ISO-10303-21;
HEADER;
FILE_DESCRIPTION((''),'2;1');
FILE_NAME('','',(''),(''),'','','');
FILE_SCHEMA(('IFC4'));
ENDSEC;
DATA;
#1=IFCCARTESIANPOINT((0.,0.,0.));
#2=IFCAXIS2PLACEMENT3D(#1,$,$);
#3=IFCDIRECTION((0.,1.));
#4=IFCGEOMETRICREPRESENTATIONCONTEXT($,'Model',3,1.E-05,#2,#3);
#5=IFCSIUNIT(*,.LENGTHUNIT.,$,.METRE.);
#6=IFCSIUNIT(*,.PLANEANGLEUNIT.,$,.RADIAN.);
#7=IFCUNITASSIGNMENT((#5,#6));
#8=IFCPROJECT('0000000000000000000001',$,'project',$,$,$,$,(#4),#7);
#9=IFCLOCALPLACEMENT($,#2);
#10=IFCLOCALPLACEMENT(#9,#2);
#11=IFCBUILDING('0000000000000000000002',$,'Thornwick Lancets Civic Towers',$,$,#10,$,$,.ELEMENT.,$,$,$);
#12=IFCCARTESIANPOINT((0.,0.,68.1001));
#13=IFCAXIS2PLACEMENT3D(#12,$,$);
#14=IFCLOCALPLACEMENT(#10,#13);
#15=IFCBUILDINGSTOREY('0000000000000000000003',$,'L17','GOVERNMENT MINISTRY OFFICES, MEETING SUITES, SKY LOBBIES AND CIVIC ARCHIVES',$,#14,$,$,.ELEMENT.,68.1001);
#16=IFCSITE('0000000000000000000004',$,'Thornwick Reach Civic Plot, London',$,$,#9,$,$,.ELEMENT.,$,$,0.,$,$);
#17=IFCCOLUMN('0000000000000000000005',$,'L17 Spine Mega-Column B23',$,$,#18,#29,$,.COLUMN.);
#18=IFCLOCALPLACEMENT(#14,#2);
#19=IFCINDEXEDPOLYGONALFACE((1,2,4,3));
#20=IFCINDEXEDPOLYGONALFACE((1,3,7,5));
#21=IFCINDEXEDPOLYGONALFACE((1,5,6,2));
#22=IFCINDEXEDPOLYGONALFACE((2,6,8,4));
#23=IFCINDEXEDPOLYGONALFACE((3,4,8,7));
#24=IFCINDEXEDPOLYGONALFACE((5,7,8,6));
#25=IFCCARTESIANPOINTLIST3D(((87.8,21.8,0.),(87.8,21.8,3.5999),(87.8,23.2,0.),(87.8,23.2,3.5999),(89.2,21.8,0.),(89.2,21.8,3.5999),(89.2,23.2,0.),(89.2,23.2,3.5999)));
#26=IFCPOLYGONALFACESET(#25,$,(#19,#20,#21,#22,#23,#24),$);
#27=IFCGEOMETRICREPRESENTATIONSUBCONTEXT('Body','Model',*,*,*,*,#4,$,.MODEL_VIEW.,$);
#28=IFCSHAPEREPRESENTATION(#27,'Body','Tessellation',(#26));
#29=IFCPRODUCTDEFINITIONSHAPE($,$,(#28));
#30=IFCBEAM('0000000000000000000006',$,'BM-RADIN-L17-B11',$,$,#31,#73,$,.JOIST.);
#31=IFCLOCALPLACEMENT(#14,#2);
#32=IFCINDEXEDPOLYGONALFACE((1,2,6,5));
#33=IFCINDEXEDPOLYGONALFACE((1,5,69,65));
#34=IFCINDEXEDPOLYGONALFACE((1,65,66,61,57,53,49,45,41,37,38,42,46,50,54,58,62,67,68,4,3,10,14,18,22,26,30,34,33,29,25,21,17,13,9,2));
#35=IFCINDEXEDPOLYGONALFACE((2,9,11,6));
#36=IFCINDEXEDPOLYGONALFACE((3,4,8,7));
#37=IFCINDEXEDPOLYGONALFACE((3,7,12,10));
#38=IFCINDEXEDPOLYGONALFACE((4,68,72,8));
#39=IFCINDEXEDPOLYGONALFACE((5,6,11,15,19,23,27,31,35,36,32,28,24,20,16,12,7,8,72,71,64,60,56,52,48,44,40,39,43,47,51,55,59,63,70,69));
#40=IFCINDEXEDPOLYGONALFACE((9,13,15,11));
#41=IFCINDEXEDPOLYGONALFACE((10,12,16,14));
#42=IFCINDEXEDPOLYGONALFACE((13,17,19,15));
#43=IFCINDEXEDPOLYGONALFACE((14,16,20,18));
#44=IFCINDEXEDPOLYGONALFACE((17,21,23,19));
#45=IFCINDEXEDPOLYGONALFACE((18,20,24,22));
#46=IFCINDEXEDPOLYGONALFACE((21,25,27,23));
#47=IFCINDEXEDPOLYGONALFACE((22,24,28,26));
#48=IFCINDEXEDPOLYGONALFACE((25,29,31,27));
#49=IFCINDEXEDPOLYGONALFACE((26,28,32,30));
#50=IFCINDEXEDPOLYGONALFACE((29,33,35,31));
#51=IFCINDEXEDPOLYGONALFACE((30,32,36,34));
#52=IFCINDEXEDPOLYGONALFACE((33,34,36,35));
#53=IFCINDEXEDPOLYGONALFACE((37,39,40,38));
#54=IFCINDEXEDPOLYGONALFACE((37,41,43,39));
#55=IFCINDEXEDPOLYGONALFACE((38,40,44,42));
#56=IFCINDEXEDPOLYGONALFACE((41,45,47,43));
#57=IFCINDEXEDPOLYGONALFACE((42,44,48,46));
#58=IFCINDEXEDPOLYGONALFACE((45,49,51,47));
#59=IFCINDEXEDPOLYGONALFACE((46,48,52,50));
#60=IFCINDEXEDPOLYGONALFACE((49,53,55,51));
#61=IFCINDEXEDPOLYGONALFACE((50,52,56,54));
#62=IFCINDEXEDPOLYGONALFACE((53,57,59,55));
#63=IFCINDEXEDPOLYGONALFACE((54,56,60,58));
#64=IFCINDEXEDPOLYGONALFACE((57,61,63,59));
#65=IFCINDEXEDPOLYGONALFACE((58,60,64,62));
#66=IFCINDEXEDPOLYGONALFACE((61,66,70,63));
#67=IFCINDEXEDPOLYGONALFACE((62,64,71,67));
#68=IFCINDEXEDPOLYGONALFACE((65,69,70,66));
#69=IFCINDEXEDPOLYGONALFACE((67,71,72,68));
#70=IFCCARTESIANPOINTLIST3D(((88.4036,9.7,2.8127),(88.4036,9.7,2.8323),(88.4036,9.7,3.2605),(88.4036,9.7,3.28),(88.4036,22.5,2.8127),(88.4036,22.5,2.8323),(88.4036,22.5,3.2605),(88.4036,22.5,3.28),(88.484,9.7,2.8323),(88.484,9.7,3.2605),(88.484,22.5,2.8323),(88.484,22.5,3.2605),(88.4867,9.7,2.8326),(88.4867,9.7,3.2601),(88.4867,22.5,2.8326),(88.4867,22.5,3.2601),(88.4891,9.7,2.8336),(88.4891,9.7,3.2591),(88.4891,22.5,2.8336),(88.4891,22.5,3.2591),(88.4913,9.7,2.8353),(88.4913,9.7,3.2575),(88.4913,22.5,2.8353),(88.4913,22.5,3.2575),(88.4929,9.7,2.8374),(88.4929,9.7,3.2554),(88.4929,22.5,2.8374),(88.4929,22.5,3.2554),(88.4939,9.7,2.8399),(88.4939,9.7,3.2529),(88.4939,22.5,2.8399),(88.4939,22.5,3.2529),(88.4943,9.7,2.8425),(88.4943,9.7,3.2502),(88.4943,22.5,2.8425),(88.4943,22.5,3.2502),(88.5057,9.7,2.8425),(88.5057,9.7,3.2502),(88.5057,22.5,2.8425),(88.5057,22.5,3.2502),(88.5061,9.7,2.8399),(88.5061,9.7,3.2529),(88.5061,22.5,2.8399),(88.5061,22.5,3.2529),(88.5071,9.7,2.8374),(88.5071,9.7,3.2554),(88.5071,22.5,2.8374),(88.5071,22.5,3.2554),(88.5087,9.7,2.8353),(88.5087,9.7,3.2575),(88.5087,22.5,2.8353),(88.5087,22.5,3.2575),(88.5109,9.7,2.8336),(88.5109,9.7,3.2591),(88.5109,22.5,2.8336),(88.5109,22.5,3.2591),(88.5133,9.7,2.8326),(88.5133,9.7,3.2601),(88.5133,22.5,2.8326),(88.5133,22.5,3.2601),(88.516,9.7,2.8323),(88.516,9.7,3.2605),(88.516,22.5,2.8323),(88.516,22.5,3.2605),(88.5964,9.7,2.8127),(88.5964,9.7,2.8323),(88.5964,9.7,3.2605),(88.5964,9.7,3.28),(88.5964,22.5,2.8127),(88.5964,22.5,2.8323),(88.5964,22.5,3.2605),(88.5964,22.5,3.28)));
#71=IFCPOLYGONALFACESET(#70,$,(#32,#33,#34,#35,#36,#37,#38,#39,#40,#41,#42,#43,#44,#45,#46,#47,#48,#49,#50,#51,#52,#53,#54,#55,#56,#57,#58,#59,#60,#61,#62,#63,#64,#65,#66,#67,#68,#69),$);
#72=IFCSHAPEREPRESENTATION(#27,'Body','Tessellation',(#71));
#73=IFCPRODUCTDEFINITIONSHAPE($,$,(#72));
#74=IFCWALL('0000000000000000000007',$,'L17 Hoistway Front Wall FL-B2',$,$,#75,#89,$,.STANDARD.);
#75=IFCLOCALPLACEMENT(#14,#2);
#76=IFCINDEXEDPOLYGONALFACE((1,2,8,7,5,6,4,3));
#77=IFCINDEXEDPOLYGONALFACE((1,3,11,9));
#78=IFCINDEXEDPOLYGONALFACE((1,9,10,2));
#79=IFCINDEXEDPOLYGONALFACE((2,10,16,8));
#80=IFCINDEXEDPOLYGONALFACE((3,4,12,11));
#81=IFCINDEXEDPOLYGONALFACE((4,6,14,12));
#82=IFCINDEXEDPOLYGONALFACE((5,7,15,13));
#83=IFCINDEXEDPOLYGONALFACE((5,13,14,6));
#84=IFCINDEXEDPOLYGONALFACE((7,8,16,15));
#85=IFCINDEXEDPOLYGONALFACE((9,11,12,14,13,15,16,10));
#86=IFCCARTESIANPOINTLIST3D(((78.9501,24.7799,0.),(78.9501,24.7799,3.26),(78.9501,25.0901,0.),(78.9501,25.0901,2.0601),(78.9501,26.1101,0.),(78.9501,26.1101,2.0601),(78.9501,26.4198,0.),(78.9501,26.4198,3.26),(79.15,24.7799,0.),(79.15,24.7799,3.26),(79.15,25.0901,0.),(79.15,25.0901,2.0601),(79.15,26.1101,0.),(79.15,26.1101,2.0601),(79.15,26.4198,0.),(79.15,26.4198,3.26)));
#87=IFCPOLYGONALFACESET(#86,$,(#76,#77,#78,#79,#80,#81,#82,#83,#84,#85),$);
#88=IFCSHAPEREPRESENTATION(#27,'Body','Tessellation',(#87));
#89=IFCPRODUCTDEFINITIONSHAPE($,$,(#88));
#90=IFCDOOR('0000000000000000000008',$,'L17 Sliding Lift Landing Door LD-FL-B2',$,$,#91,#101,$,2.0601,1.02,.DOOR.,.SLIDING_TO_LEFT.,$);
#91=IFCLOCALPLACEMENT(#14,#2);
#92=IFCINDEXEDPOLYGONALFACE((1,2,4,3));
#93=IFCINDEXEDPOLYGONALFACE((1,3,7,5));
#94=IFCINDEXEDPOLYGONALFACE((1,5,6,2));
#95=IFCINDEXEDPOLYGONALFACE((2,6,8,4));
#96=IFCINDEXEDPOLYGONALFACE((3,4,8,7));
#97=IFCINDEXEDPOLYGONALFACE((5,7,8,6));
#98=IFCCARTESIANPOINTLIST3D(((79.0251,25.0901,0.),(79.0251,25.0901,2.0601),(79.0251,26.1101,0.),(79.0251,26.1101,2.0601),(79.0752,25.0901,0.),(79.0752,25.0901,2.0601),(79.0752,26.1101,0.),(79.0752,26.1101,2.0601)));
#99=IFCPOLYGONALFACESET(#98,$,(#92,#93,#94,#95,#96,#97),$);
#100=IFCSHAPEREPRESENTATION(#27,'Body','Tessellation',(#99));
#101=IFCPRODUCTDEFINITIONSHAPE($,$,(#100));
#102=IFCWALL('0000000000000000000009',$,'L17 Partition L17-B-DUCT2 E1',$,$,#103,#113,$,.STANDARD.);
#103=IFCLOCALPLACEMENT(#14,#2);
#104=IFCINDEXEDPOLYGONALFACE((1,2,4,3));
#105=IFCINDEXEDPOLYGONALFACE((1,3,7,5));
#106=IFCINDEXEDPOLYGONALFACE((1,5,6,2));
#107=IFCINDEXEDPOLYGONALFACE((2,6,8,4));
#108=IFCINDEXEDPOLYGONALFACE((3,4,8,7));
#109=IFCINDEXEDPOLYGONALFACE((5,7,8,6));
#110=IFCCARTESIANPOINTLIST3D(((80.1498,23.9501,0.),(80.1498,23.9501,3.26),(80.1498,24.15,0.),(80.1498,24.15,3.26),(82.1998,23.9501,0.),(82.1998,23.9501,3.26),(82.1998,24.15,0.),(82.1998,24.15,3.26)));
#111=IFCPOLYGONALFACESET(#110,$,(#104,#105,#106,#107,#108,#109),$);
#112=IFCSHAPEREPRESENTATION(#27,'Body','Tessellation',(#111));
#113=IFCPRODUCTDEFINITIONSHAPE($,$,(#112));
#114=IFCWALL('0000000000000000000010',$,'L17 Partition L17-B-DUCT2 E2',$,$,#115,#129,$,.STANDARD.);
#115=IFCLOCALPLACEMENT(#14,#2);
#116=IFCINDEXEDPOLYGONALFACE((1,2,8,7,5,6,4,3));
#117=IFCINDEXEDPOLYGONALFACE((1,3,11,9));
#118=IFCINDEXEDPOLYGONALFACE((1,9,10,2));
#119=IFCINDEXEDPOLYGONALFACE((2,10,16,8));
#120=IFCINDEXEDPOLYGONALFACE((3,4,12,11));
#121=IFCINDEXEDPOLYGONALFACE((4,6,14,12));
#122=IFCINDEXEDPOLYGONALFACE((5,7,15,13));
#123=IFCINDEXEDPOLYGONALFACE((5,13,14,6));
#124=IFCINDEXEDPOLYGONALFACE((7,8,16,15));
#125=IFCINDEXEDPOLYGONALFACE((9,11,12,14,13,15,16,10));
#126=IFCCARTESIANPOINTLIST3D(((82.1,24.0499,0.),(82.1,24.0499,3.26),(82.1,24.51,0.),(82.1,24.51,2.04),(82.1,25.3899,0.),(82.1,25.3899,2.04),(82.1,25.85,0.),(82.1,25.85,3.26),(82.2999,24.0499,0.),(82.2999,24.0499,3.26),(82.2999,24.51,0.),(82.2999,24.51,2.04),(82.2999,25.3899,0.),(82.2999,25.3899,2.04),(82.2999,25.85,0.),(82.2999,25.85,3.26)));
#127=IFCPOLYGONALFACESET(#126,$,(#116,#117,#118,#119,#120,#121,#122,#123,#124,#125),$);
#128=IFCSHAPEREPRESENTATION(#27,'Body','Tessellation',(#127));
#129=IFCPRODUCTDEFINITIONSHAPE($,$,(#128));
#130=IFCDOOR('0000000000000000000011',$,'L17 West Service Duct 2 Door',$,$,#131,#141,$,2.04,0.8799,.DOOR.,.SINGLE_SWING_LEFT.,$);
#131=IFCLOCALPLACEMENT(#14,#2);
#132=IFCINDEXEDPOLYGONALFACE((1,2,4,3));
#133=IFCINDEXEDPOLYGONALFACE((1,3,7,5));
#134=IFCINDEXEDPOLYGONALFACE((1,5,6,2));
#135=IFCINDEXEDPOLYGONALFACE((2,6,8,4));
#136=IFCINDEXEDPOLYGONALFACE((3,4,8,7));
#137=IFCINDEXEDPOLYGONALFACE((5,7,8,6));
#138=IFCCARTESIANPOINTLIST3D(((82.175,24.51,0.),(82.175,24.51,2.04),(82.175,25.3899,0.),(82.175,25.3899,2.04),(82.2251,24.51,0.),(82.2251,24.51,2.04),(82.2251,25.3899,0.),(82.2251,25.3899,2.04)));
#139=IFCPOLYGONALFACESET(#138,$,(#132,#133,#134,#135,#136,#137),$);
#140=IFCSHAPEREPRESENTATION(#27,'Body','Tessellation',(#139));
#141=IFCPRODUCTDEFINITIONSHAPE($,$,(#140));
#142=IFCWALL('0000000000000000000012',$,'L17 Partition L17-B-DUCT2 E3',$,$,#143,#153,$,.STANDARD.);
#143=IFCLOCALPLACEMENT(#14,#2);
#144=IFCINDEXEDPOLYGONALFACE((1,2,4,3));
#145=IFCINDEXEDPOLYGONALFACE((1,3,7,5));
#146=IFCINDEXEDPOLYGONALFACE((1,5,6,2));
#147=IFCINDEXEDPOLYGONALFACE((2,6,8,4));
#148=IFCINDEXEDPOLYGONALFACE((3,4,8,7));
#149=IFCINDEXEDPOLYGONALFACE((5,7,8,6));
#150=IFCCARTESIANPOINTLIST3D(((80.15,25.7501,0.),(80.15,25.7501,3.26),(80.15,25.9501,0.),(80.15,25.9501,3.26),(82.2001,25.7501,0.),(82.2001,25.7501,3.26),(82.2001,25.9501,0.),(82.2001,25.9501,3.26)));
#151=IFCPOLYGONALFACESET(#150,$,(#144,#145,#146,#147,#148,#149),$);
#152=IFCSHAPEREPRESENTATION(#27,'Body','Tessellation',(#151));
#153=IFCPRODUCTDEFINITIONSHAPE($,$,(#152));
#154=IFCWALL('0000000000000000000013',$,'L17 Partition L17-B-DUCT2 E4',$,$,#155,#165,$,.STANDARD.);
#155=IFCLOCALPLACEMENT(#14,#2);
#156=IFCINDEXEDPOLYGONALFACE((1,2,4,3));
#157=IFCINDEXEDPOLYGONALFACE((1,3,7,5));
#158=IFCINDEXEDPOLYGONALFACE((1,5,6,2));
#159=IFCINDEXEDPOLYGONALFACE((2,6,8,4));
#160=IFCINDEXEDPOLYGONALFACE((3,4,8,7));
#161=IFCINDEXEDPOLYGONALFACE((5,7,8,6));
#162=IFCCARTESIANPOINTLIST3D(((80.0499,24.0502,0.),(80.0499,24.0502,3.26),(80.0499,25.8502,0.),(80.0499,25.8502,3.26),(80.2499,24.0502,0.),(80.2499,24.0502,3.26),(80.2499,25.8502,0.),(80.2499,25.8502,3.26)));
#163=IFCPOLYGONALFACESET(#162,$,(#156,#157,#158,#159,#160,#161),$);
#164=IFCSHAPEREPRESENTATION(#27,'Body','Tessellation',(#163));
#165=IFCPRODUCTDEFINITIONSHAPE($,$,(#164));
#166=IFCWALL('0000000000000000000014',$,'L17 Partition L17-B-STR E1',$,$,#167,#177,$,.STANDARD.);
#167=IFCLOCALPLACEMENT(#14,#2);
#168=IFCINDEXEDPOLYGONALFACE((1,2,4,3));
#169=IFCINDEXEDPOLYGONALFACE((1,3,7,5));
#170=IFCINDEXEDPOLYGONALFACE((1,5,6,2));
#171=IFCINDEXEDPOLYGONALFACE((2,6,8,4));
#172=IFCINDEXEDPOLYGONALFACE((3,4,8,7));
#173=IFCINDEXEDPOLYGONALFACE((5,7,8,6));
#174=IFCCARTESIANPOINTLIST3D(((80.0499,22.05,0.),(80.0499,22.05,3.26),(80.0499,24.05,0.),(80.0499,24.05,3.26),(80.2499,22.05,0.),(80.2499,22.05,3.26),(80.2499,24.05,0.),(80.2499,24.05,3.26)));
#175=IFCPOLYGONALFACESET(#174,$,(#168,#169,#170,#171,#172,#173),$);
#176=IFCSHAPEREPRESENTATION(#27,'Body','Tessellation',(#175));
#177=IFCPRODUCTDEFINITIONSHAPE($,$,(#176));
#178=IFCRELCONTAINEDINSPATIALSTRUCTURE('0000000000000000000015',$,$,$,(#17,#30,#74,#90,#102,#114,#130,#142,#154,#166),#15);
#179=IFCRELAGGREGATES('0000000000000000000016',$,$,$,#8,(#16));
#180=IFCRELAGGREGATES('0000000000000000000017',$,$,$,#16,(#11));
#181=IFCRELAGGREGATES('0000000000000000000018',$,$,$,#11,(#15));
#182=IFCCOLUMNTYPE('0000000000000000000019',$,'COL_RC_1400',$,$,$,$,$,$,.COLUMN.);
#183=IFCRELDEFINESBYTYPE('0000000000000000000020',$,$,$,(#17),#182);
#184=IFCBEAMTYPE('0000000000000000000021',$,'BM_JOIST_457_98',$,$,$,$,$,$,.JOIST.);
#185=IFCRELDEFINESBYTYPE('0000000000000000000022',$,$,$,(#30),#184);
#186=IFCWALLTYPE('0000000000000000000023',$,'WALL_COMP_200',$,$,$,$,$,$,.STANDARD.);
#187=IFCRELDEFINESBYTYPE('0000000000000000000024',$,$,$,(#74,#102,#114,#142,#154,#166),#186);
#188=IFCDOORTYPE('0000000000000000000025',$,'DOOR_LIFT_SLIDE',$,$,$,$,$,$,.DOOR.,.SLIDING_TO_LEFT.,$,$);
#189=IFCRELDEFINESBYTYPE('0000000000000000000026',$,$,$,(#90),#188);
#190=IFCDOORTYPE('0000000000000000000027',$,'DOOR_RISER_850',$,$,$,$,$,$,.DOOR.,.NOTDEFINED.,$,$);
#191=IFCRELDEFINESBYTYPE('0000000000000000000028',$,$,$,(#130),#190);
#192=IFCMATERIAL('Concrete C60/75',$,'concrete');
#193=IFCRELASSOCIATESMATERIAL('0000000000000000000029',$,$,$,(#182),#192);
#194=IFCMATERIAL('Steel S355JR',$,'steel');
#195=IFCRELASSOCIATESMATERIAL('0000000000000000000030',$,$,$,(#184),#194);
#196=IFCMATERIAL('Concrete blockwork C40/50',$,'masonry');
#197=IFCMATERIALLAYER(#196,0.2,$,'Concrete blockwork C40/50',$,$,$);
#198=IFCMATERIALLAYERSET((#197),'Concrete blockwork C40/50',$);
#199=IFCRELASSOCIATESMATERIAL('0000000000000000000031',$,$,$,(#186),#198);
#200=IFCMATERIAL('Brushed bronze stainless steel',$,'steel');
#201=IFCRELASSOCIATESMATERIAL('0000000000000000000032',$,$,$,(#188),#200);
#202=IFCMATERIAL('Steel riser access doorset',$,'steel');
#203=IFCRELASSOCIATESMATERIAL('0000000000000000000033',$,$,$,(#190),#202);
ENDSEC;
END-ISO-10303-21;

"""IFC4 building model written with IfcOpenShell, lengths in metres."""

from ifc_helpers import new_model, si_unit, direction, frame, frame_2d, origin, origin_2d, place, context, subcontext, project, spatial, rectangle, i_section, extrude, material, layer, layer_set, material_profile, profile_set, type_object, element, fill, save


model = new_model("IFC4")

# Units and contexts
model_context = context("Model", 3, precision=1e-05, world=origin(), true_north=direction((0.0, 1.0)))
body_context = subcontext(model_context, "Body", "Model", "MODEL_VIEW")
ifc_project = project(units=[si_unit("LENGTHUNIT", "METRE"), si_unit("PLANEANGLEUNIT", "RADIAN")], contexts=[model_context])

# Site, building, storey
site_placement = place(None, origin())
site = spatial("IfcSite", under=ifc_project, at=site_placement, Name="Thornwick Reach Civic Plot, London", CompositionType="ELEMENT", RefElevation=0.0)
building_placement = place(site_placement, origin())
building = spatial("IfcBuilding", under=site, at=building_placement, Name="Thornwick Lancets Civic Towers", CompositionType="ELEMENT")
storey_placement = place(building_placement, frame((0.0, 0.0, 68.1001)))
storey = spatial("IfcBuildingStorey", under=building, at=storey_placement, Name="L17", Description="GOVERNMENT MINISTRY OFFICES, MEETING SUITES, SKY LOBBIES AND CIVIC ARCHIVES", CompositionType="ELEMENT", Elevation=68.1001)

# Column
ifc_material_1 = material(Name="Concrete C60/75", Category="concrete")
ifc_material_profile_1 = material_profile(ifc_material_1, rectangle(XDim=1.3999, YDim=1.3999, at=origin_2d()), Name="RC 1400x1400")
ifc_profile_set_1 = profile_set([ifc_material_profile_1], Name="Concrete C60/75")
column_type = type_object("IfcColumnType", Name="COL_RC_1400", PredefinedType="COLUMN", material=ifc_profile_set_1)
column_placement = place(storey_placement, frame((88.5, 22.5, 0.0), z_axis=(0.0, 0.0, 1.0), x_axis=(1.0, 0.0, 0.0)))
element("IfcColumn", 1, at=column_placement, inside=storey, type_object=column_type, Name="L17 Spine Mega-Column B23", PredefinedType="COLUMN", context=body_context, shape_type="SweptSolid", body=[
    extrude(rectangle(XDim=1.3999, YDim=1.3999, at=origin_2d()), origin(), (0.0, 0.0, 1.0), 3.5999),
])

# Beam
ifc_material_2 = material(Name="Steel S355JR", Category="steel")
ifc_material_profile_2 = material_profile(ifc_material_2, i_section(OverallWidth=0.1929, OverallDepth=0.4673, WebThickness=0.0115, FlangeThickness=0.0195, FilletRadius=0.0103, at=origin_2d()), Name="UKB 457x191x98")
ifc_profile_set_2 = profile_set([ifc_material_profile_2], Name="Steel S355JR")
beam_type = type_object("IfcBeamType", Name="BM_JOIST_457_98", PredefinedType="JOIST", material=ifc_profile_set_2)
beam_placement = place(storey_placement, frame((88.5, 22.5, 3.0464), z_axis=(0.0, -1.0, 0.0), x_axis=(1.0, 0.0, 0.0)))
element("IfcBeam", 2, at=beam_placement, inside=storey, type_object=beam_type, Name="BM-RADIN-L17-B11", PredefinedType="JOIST", context=body_context, shape_type="SweptSolid", body=[
    extrude(i_section(OverallWidth=0.1929, OverallDepth=0.4673, WebThickness=0.0115, FlangeThickness=0.0195, FilletRadius=0.0103, at=origin_2d()), origin(), (0.0, 0.0, 1.0), 12.8),
])

# Wall, opening, door
ifc_material_3 = material(Name="Concrete blockwork C40/50", Category="masonry")
ifc_layer_1 = layer(ifc_material_3, 0.2, Name="Concrete blockwork C40/50")
ifc_layer_set_1 = layer_set([ifc_layer_1], Name="Concrete blockwork C40/50")
wall_type_1 = type_object("IfcWallType", Name="WALL_COMP_200", PredefinedType="STANDARD", material=ifc_layer_set_1)
wall_1_placement = place(storey_placement, frame((79.05, 24.78, 0.0), z_axis=(0.0, 0.0, 1.0), x_axis=(0.0, 1.0, 0.0)))
wall_1 = element("IfcWall", 3, at=wall_1_placement, inside=storey, type_object=wall_type_1, Name="L17 Hoistway Front Wall FL-B2", PredefinedType="STANDARD", context=body_context, shape_type="SweptSolid", body=[
    extrude(rectangle(XDim=1.6399, YDim=0.2, at=frame_2d((0.8198, 0.0))), origin(), (0.0, 0.0, 1.0), 3.26),
])
opening_1_placement = place(wall_1_placement, frame((0.3101, 0.0, 0.0)))
opening_1 = element("IfcOpeningElement", 4, at=opening_1_placement, cuts=wall_1, PredefinedType="OPENING", context=body_context, shape_type="SweptSolid", body=[
    extrude(rectangle(XDim=1.02, YDim=2.0601, at=frame_2d((0.51, 1.03))), frame((0.0, 0.1099, 0.0), z_axis=(0.0, -1.0, 0.0), x_axis=(1.0, 0.0, 0.0)), (0.0, 0.0, 1.0), 0.22),
])
ifc_material_4 = material(Name="Brushed bronze stainless steel", Category="steel")
door_type_1 = type_object("IfcDoorType", Name="DOOR_LIFT_SLIDE", OperationType="SLIDING_TO_LEFT", PredefinedType="DOOR", material=ifc_material_4)
door_1_placement = place(opening_1_placement, origin())
door_1 = element("IfcDoor", 5, at=door_1_placement, inside=storey, type_object=door_type_1, Name="L17 Sliding Lift Landing Door LD-FL-B2", OperationType="SLIDING_TO_LEFT", OverallHeight=2.0601, OverallWidth=1.02, PredefinedType="DOOR", context=body_context, shape_type="SweptSolid", body=[
    extrude(rectangle(XDim=1.02, YDim=2.0601, at=frame_2d((0.51, 1.03))), frame((0.0, 0.0249, 0.0), z_axis=(0.0, -1.0, 0.0), x_axis=(1.0, 0.0, 0.0)), (0.0, 0.0, 1.0), 0.05),
])
fill(opening_1, door_1)

# Wall
wall_2_placement = place(storey_placement, frame((80.1499, 24.05, 0.0), z_axis=(0.0, 0.0, 1.0), x_axis=(1.0, 0.0, 0.0)))
element("IfcWall", 6, at=wall_2_placement, inside=storey, type_object=wall_type_1, Name="L17 Partition L17-B-DUCT2 E1", PredefinedType="STANDARD", context=body_context, shape_type="SweptSolid", body=[
    extrude(rectangle(XDim=2.05, YDim=0.2, at=frame_2d((1.0249, 0.0))), origin(), (0.0, 0.0, 1.0), 3.26),
])

# Wall, opening, door
wall_3_placement = place(storey_placement, frame((82.2, 24.05, 0.0), z_axis=(0.0, 0.0, 1.0), x_axis=(0.0, 1.0, 0.0)))
wall_3 = element("IfcWall", 7, at=wall_3_placement, inside=storey, type_object=wall_type_1, Name="L17 Partition L17-B-DUCT2 E2", PredefinedType="STANDARD", context=body_context, shape_type="SweptSolid", body=[
    extrude(rectangle(XDim=1.8, YDim=0.2, at=frame_2d((0.8999, 0.0))), origin(), (0.0, 0.0, 1.0), 3.26),
])
opening_2_placement = place(wall_3_placement, frame((0.46, 0.0, 0.0)))
opening_2 = element("IfcOpeningElement", 8, at=opening_2_placement, cuts=wall_3, PredefinedType="OPENING", context=body_context, shape_type="SweptSolid", body=[
    extrude(rectangle(XDim=0.8799, YDim=2.04, at=frame_2d((0.4399, 1.02))), frame((0.0, 0.1099, 0.0), z_axis=(0.0, -1.0, 0.0), x_axis=(1.0, 0.0, 0.0)), (0.0, 0.0, 1.0), 0.22),
])
ifc_material_5 = material(Name="Steel riser access doorset", Category="steel")
door_type_2 = type_object("IfcDoorType", Name="DOOR_RISER_850", OperationType="NOTDEFINED", PredefinedType="DOOR", material=ifc_material_5)
door_2_placement = place(opening_2_placement, origin())
door_2 = element("IfcDoor", 9, at=door_2_placement, inside=storey, type_object=door_type_2, Name="L17 West Service Duct 2 Door", OperationType="SINGLE_SWING_LEFT", OverallHeight=2.04, OverallWidth=0.8799, PredefinedType="DOOR", context=body_context, shape_type="SweptSolid", body=[
    extrude(rectangle(XDim=0.8799, YDim=2.04, at=frame_2d((0.4399, 1.02))), frame((0.0, 0.0249, 0.0), z_axis=(0.0, -1.0, 0.0), x_axis=(1.0, 0.0, 0.0)), (0.0, 0.0, 1.0), 0.05),
])
fill(opening_2, door_2)

# Walls
wall_4_placement = place(storey_placement, frame((82.2, 25.8501, 0.0), z_axis=(0.0, 0.0, 1.0), x_axis=(-1.0, 0.0, 0.0)))
element("IfcWall", 10, at=wall_4_placement, inside=storey, type_object=wall_type_1, Name="L17 Partition L17-B-DUCT2 E3", PredefinedType="STANDARD", context=body_context, shape_type="SweptSolid", body=[
    extrude(rectangle(XDim=2.05, YDim=0.2, at=frame_2d((1.0249, 0.0))), origin(), (0.0, 0.0, 1.0), 3.26),
])
wall_5_placement = place(storey_placement, frame((80.1499, 25.8501, 0.0), z_axis=(0.0, 0.0, 1.0), x_axis=(0.0, -1.0, 0.0)))
element("IfcWall", 11, at=wall_5_placement, inside=storey, type_object=wall_type_1, Name="L17 Partition L17-B-DUCT2 E4", PredefinedType="STANDARD", context=body_context, shape_type="SweptSolid", body=[
    extrude(rectangle(XDim=1.8, YDim=0.2, at=frame_2d((0.8999, 0.0))), origin(), (0.0, 0.0, 1.0), 3.26),
])
wall_6_placement = place(storey_placement, frame((80.1499, 22.05, 0.0), z_axis=(0.0, 0.0, 1.0), x_axis=(0.0, 1.0, 0.0)))
element("IfcWall", 12, at=wall_6_placement, inside=storey, type_object=wall_type_1, Name="L17 Partition L17-B-STR E1", PredefinedType="STANDARD", context=body_context, shape_type="SweptSolid", body=[
    extrude(rectangle(XDim=2.0, YDim=0.2, at=frame_2d((1.0, 0.0))), origin(), (0.0, 0.0, 1.0), 3.26),
])

save(model, "model.ifc")
